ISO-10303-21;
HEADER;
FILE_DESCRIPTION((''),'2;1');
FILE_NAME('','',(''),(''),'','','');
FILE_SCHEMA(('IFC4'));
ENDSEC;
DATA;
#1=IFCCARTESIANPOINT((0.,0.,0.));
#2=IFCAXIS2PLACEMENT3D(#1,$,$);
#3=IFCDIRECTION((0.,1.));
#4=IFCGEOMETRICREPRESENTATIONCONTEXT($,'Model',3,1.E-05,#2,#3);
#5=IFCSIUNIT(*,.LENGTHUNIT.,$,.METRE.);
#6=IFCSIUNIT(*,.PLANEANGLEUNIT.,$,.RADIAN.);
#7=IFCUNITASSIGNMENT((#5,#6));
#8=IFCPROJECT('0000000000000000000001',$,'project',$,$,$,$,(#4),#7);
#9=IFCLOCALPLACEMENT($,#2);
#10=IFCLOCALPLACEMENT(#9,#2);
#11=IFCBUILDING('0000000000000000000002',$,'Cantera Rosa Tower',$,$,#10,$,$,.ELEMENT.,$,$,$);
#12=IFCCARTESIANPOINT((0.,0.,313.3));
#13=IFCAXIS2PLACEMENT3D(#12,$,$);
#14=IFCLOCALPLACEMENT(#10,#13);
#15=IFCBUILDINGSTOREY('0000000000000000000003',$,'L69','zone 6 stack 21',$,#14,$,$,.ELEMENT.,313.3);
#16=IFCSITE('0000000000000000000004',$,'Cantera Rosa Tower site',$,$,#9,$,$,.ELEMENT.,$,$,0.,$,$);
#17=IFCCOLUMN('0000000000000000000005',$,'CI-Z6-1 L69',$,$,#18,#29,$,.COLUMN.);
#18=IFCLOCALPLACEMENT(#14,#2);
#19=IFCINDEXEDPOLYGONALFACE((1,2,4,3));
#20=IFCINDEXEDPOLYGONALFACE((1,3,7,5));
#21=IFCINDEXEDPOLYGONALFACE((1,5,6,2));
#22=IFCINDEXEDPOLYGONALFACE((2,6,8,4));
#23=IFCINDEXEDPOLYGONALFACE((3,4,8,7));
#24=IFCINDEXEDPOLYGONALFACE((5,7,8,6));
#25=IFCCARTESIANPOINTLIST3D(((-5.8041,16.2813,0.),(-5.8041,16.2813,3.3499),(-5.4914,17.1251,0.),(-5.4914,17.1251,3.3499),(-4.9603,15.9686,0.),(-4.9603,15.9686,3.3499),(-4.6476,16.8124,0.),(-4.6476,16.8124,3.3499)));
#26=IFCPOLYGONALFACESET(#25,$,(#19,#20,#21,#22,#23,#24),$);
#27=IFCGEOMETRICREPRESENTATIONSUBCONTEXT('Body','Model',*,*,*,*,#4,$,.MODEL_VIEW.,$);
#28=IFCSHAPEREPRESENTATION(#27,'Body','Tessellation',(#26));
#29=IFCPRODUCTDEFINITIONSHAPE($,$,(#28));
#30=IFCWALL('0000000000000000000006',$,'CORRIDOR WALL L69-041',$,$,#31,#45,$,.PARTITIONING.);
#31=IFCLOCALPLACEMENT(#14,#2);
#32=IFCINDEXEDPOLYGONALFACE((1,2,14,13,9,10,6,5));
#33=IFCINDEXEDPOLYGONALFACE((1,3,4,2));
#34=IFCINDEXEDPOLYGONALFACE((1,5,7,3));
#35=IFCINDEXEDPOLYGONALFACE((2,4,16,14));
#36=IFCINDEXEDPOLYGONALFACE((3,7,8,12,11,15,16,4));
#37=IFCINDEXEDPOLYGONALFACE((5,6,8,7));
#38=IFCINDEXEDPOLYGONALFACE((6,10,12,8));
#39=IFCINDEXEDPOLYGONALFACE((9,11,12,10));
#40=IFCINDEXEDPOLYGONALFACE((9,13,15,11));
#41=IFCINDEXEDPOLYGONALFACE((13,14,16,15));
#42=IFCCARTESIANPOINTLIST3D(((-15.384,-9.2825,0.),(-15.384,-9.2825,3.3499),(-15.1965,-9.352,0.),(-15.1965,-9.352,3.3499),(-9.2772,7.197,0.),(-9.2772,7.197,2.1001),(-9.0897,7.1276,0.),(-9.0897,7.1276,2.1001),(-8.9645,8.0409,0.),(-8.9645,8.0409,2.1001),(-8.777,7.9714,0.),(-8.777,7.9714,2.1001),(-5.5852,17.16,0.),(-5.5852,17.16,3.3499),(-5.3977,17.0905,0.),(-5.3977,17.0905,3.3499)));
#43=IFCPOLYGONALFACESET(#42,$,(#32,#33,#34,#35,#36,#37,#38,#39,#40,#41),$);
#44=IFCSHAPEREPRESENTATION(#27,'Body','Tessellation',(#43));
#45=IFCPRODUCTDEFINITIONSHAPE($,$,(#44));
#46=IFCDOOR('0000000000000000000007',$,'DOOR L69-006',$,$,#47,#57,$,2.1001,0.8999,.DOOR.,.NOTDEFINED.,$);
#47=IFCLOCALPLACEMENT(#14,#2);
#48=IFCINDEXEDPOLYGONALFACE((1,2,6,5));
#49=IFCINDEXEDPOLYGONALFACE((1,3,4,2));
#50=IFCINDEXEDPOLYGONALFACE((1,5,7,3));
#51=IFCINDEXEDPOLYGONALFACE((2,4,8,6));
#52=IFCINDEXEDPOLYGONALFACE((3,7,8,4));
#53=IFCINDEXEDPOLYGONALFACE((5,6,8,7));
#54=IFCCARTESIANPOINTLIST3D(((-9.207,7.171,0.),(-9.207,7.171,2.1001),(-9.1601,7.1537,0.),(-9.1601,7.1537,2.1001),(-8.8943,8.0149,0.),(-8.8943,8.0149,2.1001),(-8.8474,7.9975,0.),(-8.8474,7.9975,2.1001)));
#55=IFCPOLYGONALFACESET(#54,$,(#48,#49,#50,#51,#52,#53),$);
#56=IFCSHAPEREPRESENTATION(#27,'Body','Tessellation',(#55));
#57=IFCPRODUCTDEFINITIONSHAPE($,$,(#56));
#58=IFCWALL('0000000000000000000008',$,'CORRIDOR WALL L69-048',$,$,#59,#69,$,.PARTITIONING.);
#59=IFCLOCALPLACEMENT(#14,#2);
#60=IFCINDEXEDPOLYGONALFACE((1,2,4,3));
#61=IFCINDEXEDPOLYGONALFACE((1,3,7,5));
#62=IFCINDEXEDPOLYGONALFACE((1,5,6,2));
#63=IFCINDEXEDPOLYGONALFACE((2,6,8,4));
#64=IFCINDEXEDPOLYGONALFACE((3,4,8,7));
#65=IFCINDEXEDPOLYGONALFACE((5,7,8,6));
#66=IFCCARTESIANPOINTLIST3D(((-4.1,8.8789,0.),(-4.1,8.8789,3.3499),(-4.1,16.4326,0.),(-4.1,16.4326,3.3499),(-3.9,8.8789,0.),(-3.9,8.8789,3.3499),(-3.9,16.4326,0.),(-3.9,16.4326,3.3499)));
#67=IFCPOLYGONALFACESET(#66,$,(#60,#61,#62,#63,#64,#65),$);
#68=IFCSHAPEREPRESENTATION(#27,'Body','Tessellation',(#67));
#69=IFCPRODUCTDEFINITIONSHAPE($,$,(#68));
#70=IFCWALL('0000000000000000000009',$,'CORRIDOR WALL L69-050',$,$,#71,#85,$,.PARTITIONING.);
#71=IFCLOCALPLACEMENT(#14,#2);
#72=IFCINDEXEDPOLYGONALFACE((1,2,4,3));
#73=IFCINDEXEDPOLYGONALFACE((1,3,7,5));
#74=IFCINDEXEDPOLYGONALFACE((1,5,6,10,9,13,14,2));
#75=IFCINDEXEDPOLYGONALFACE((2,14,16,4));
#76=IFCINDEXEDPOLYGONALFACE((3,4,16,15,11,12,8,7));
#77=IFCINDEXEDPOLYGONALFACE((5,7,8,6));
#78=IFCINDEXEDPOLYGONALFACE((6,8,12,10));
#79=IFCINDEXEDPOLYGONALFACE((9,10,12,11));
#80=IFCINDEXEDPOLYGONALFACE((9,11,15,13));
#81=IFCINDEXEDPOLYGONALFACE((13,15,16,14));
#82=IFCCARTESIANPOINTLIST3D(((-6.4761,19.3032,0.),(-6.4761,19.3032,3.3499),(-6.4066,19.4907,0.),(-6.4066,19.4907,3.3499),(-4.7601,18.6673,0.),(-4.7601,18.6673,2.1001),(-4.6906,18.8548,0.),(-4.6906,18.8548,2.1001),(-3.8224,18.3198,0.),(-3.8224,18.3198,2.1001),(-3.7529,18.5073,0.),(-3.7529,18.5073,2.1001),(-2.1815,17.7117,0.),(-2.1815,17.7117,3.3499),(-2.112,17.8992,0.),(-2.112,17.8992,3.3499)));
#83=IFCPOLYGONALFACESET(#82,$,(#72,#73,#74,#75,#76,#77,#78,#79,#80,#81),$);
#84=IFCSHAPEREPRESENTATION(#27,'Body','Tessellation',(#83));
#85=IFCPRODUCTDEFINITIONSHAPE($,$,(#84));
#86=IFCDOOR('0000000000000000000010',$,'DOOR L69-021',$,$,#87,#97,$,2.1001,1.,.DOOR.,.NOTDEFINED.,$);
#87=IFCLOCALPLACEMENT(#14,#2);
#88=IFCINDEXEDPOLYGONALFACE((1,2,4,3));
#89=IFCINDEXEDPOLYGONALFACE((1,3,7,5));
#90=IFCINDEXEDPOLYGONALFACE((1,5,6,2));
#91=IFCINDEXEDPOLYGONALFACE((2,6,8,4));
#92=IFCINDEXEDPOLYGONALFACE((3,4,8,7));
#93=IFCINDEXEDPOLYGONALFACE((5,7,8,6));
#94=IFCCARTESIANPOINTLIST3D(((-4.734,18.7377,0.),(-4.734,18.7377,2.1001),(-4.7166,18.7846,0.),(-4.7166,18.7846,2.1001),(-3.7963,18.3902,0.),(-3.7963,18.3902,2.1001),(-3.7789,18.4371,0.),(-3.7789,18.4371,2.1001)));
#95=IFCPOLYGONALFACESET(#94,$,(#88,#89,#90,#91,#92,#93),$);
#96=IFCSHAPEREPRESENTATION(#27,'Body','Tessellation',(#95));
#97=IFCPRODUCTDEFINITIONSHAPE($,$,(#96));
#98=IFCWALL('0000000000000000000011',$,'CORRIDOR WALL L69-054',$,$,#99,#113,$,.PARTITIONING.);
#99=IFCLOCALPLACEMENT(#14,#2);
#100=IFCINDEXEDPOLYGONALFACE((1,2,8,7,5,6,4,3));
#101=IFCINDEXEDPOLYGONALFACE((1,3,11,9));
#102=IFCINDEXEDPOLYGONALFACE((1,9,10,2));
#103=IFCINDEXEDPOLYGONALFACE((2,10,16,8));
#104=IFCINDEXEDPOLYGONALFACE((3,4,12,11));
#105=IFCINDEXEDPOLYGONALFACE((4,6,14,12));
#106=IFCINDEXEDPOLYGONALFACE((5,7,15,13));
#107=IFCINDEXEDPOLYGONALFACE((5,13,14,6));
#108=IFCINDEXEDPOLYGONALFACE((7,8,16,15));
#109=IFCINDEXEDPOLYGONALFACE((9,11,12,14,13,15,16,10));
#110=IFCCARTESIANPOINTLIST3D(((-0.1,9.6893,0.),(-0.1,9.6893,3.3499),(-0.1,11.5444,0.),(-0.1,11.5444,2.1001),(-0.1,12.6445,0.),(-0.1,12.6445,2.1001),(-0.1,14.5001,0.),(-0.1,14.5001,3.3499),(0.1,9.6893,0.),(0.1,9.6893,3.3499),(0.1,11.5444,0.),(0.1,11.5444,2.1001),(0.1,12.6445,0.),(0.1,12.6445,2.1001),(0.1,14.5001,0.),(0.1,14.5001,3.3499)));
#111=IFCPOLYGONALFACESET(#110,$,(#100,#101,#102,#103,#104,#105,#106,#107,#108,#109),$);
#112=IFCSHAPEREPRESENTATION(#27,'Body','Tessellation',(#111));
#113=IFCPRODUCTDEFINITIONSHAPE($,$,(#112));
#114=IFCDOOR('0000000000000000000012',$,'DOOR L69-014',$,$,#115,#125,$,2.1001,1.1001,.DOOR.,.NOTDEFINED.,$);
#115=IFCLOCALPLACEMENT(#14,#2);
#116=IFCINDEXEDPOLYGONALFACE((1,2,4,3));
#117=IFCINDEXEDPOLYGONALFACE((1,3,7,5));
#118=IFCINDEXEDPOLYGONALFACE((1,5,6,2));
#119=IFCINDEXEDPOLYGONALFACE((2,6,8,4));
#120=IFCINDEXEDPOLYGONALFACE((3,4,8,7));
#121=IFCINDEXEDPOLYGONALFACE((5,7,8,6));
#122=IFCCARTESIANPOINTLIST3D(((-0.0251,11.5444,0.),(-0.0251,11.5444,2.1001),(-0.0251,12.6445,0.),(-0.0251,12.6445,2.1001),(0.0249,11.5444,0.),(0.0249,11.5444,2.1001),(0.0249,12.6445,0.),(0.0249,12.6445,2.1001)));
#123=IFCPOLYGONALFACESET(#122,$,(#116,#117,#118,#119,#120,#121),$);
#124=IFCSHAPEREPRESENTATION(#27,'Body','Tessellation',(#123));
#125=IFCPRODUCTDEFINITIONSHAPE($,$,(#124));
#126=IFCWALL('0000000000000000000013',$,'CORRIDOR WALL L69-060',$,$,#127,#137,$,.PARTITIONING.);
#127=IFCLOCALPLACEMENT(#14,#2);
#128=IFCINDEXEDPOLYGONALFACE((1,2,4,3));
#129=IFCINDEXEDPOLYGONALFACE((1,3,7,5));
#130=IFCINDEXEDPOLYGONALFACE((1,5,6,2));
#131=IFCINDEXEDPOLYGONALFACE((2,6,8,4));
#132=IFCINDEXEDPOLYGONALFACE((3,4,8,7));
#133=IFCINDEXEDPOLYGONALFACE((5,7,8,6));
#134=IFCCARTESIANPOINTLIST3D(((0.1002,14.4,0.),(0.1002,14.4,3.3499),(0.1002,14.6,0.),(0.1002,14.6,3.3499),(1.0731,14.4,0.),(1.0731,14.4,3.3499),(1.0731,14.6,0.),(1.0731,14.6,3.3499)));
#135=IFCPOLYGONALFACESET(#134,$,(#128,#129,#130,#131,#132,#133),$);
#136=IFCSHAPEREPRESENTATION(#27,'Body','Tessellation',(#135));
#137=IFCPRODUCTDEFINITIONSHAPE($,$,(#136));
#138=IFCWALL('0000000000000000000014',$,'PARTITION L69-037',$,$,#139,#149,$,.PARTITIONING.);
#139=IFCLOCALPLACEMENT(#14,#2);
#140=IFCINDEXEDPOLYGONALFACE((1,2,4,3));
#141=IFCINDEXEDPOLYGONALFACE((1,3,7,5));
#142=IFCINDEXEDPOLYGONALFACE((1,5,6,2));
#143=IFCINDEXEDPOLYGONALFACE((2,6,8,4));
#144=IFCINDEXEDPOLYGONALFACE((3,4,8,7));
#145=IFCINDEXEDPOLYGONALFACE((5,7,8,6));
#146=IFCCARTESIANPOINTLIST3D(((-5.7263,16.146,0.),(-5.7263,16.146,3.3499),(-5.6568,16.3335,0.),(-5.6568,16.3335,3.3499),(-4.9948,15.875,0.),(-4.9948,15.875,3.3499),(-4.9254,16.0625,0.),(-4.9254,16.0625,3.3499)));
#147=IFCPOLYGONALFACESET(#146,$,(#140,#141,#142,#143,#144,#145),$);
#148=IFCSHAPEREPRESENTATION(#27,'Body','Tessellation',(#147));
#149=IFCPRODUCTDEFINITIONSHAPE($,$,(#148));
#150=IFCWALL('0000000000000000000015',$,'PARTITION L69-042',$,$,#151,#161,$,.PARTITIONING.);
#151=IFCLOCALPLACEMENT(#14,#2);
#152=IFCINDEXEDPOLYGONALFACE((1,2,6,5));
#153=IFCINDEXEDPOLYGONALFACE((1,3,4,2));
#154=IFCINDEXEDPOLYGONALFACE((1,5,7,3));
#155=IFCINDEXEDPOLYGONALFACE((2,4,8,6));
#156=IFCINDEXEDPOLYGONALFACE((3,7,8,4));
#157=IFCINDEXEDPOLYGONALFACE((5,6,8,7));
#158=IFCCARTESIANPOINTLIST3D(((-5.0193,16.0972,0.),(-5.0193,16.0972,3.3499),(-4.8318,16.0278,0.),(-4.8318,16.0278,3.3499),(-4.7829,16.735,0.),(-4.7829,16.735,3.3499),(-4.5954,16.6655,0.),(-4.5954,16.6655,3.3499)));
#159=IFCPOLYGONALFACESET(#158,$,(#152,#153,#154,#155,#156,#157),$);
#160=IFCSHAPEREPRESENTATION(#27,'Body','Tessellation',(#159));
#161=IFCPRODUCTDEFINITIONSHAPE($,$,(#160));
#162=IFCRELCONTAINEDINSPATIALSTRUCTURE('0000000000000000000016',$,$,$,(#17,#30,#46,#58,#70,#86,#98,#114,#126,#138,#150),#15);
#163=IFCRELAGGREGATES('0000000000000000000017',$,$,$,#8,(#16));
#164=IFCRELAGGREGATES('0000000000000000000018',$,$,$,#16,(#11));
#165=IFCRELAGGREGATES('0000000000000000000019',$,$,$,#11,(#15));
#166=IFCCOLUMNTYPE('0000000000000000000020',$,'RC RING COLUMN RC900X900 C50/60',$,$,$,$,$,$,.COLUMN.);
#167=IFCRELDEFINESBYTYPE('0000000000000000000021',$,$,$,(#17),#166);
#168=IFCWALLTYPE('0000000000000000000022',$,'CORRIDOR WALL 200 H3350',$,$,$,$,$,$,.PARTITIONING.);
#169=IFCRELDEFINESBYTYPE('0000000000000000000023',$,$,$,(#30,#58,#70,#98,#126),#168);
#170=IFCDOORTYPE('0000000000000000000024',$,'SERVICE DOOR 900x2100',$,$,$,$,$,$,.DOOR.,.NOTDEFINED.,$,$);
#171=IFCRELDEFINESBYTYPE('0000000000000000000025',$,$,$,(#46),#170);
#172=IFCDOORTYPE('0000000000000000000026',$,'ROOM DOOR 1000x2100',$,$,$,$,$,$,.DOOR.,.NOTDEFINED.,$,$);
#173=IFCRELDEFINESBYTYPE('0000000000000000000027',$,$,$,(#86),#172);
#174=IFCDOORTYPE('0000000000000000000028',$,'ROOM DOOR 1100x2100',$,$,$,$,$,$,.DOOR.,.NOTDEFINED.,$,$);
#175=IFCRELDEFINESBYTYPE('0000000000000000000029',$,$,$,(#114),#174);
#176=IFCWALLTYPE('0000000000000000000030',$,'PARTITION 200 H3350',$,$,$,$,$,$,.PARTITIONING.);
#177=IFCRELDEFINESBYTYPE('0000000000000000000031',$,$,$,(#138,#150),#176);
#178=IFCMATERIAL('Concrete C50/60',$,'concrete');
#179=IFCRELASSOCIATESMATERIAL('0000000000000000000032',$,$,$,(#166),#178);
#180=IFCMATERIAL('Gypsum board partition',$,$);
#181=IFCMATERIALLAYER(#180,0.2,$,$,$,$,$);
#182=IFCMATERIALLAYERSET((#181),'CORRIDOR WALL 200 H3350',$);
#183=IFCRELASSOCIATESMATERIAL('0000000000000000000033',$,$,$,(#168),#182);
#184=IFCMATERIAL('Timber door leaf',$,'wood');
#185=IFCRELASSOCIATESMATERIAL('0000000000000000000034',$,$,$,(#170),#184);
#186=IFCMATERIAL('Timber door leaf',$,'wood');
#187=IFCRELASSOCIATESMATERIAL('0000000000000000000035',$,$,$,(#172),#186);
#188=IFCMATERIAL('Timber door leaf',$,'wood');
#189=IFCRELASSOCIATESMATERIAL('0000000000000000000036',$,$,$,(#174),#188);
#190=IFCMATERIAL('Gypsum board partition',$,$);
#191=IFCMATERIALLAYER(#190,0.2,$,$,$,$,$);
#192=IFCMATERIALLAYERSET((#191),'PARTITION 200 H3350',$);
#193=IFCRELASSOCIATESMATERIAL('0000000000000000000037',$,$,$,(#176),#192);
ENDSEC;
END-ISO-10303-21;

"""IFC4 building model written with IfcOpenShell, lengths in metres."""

from ifc_helpers import new_model, si_unit, direction, frame, frame_2d, origin, origin_2d, place, context, subcontext, project, spatial, rectangle, extrude, material, layer, layer_set, material_profile, profile_set, type_object, element, fill, save


model = new_model("IFC4")

# Units and contexts
model_context = context("Model", 3, precision=1e-05, world=origin(), true_north=direction((0.0, 1.0)))
body_context = subcontext(model_context, "Body", "Model", "MODEL_VIEW")
ifc_project = project(units=[si_unit("LENGTHUNIT", "METRE"), si_unit("PLANEANGLEUNIT", "RADIAN")], contexts=[model_context])

# Site, building, storey
site_placement = place(None, origin())
site = spatial("IfcSite", under=ifc_project, at=site_placement, Name="Cantera Rosa Tower site", CompositionType="ELEMENT", RefElevation=0.0)
building_placement = place(site_placement, origin())
building = spatial("IfcBuilding", under=site, at=building_placement, Name="Cantera Rosa Tower", CompositionType="ELEMENT")
storey_placement = place(building_placement, frame((0.0, 0.0, 313.3)))
storey = spatial("IfcBuildingStorey", under=building, at=storey_placement, Name="L69", Description="zone 6 stack 21", CompositionType="ELEMENT", Elevation=313.3)

# Column
ifc_material_1 = material(Name="Concrete C50/60", Category="concrete")
ifc_material_profile = material_profile(ifc_material_1, rectangle(XDim=0.8999, YDim=0.8999, at=origin_2d()), Name="RC RING COLUMN RC900X900 C50/60")
ifc_profile_set = profile_set([ifc_material_profile], Name="Concrete C50/60")
column_type = type_object("IfcColumnType", Name="RC RING COLUMN RC900X900 C50/60", PredefinedType="COLUMN", material=ifc_profile_set)
column_placement = place(storey_placement, frame((-5.2258, 16.5469, 0.0), z_axis=(0.0, 0.0, 1.0), x_axis=(0.347481, 0.937687, 0.0)))
element("IfcColumn", 1, at=column_placement, inside=storey, type_object=column_type, Name="CI-Z6-1 L69", PredefinedType="COLUMN", context=body_context, shape_type="SweptSolid", body=[
    extrude(rectangle(XDim=0.8999, YDim=0.8999, at=origin_2d()), origin(), (0.0, 0.0, 1.0), 3.3499),
])

# Wall, opening, door
ifc_material_2 = material(Name="Gypsum board partition")
ifc_layer_1 = layer(ifc_material_2, 0.2)
ifc_layer_set_1 = layer_set([ifc_layer_1], Name="CORRIDOR WALL 200 H3350")
wall_type_1 = type_object("IfcWallType", Name="CORRIDOR WALL 200 H3350", PredefinedType="PARTITIONING", material=ifc_layer_set_1)
wall_1_placement = place(storey_placement, frame((-5.4915, 17.1252, 0.0), z_axis=(0.0, 0.0, 1.0), x_axis=(-0.347478, -0.937688, 0.0)))
wall_1 = element("IfcWall", 2, at=wall_1_placement, inside=storey, type_object=wall_type_1, Name="CORRIDOR WALL L69-041", PredefinedType="PARTITIONING", context=body_context, shape_type="SweptSolid", body=[
    extrude(rectangle(XDim=28.1997, YDim=0.2, at=frame_2d((14.0999, 0.0))), origin(), (0.0, 0.0, 1.0), 3.3499),
])
opening_1_placement = place(wall_1_placement, frame((9.7251, 0.0, 0.0)))
opening_1 = element("IfcOpeningElement", 3, at=opening_1_placement, cuts=wall_1, PredefinedType="OPENING", context=body_context, shape_type="SweptSolid", body=[
    extrude(rectangle(XDim=0.8999, YDim=2.1001, at=frame_2d((0.45, 1.05))), frame((0.0, 0.1099, 0.0), z_axis=(0.0, -1.0, 0.0), x_axis=(1.0, 0.0, 0.0)), (0.0, 0.0, 1.0), 0.22),
])
ifc_material_3 = material(Name="Timber door leaf", Category="wood")
door_type_1 = type_object("IfcDoorType", Name="SERVICE DOOR 900x2100", OperationType="NOTDEFINED", PredefinedType="DOOR", material=ifc_material_3)
door_1_placement = place(opening_1_placement, origin())
door_1 = element("IfcDoor", 4, at=door_1_placement, inside=storey, type_object=door_type_1, Name="DOOR L69-006", OperationType="NOTDEFINED", OverallHeight=2.1001, OverallWidth=0.8999, PredefinedType="DOOR", context=body_context, shape_type="SweptSolid", body=[
    extrude(rectangle(XDim=0.8999, YDim=2.1001, at=frame_2d((0.45, 1.05))), frame((0.0, 0.0249, 0.0), z_axis=(0.0, -1.0, 0.0), x_axis=(1.0, 0.0, 0.0)), (0.0, 0.0, 1.0), 0.05),
])
fill(opening_1, door_1)

# Wall
wall_2_placement = place(storey_placement, frame((-4.0, 16.4326, 0.0), z_axis=(0.0, 0.0, 1.0), x_axis=(0.0, -1.0, 0.0)))
element("IfcWall", 5, at=wall_2_placement, inside=storey, type_object=wall_type_1, Name="CORRIDOR WALL L69-048", PredefinedType="PARTITIONING", context=body_context, shape_type="SweptSolid", body=[
    extrude(rectangle(XDim=7.5537, YDim=0.2, at=frame_2d((3.7769, 0.0))), origin(), (0.0, 0.0, 1.0), 3.3499),
])

# Walls, openings, doors
wall_3_placement = place(storey_placement, frame((-2.1467, 17.8054, 0.0), z_axis=(0.0, 0.0, 1.0), x_axis=(-0.937683, 0.347493, 0.0)))
wall_3 = element("IfcWall", 6, at=wall_3_placement, inside=storey, type_object=wall_type_1, Name="CORRIDOR WALL L69-050", PredefinedType="PARTITIONING", context=body_context, shape_type="SweptSolid", body=[
    extrude(rectangle(XDim=4.5801, YDim=0.2, at=frame_2d((2.29, 0.0))), origin(), (0.0, 0.0, 1.0), 3.3499),
])
opening_2_placement = place(wall_3_placement, frame((1.75, 0.0, 0.0)))
opening_2 = element("IfcOpeningElement", 7, at=opening_2_placement, cuts=wall_3, PredefinedType="OPENING", context=body_context, shape_type="SweptSolid", body=[
    extrude(rectangle(XDim=1.0, YDim=2.1001, at=frame_2d((0.5, 1.05))), frame((0.0, 0.1099, 0.0), z_axis=(0.0, -1.0, 0.0), x_axis=(1.0, 0.0, 0.0)), (0.0, 0.0, 1.0), 0.22),
])
ifc_material_4 = material(Name="Timber door leaf", Category="wood")
door_type_2 = type_object("IfcDoorType", Name="ROOM DOOR 1000x2100", OperationType="NOTDEFINED", PredefinedType="DOOR", material=ifc_material_4)
door_2_placement = place(opening_2_placement, origin())
door_2 = element("IfcDoor", 8, at=door_2_placement, inside=storey, type_object=door_type_2, Name="DOOR L69-021", OperationType="NOTDEFINED", OverallHeight=2.1001, OverallWidth=1.0, PredefinedType="DOOR", context=body_context, shape_type="SweptSolid", body=[
    extrude(rectangle(XDim=1.0, YDim=2.1001, at=frame_2d((0.5, 1.05))), frame((0.0, 0.0249, 0.0), z_axis=(0.0, -1.0, 0.0), x_axis=(1.0, 0.0, 0.0)), (0.0, 0.0, 1.0), 0.05),
])
fill(opening_2, door_2)
wall_4_placement = place(storey_placement, frame((0.0, 14.5, 0.0), z_axis=(0.0, 0.0, 1.0), x_axis=(0.0, -1.0, 0.0)))
wall_4 = element("IfcWall", 9, at=wall_4_placement, inside=storey, type_object=wall_type_1, Name="CORRIDOR WALL L69-054", PredefinedType="PARTITIONING", context=body_context, shape_type="SweptSolid", body=[
    extrude(rectangle(XDim=4.8108, YDim=0.2, at=frame_2d((2.4053, 0.0))), origin(), (0.0, 0.0, 1.0), 3.3499),
])
opening_3_placement = place(wall_4_placement, frame((1.8555, 0.0, 0.0)))
opening_3 = element("IfcOpeningElement", 10, at=opening_3_placement, cuts=wall_4, PredefinedType="OPENING", context=body_context, shape_type="SweptSolid", body=[
    extrude(rectangle(XDim=1.1001, YDim=2.1001, at=frame_2d((0.55, 1.05))), frame((0.0, 0.1099, 0.0), z_axis=(0.0, -1.0, 0.0), x_axis=(1.0, 0.0, 0.0)), (0.0, 0.0, 1.0), 0.22),
])
ifc_material_5 = material(Name="Timber door leaf", Category="wood")
door_type_3 = type_object("IfcDoorType", Name="ROOM DOOR 1100x2100", OperationType="NOTDEFINED", PredefinedType="DOOR", material=ifc_material_5)
door_3_placement = place(opening_3_placement, origin())
door_3 = element("IfcDoor", 11, at=door_3_placement, inside=storey, type_object=door_type_3, Name="DOOR L69-014", OperationType="NOTDEFINED", OverallHeight=2.1001, OverallWidth=1.1001, PredefinedType="DOOR", context=body_context, shape_type="SweptSolid", body=[
    extrude(rectangle(XDim=1.1001, YDim=2.1001, at=frame_2d((0.55, 1.05))), frame((0.0, 0.0249, 0.0), z_axis=(0.0, -1.0, 0.0), x_axis=(1.0, 0.0, 0.0)), (0.0, 0.0, 1.0), 0.05),
])
fill(opening_3, door_3)

# Walls
wall_5_placement = place(storey_placement, frame((1.073, 14.5, 0.0), z_axis=(0.0, 0.0, 1.0), x_axis=(-1.0, 0.0, 0.0)))
element("IfcWall", 12, at=wall_5_placement, inside=storey, type_object=wall_type_1, Name="CORRIDOR WALL L69-060", PredefinedType="PARTITIONING", context=body_context, shape_type="SweptSolid", body=[
    extrude(rectangle(XDim=0.9729, YDim=0.2, at=frame_2d((0.4863, 0.0))), origin(), (0.0, 0.0, 1.0), 3.3499),
])
ifc_material_6 = material(Name="Gypsum board partition")
ifc_layer_2 = layer(ifc_material_6, 0.2)
ifc_layer_set_2 = layer_set([ifc_layer_2], Name="PARTITION 200 H3350")
wall_type_2 = type_object("IfcWallType", Name="PARTITION 200 H3350", PredefinedType="PARTITIONING", material=ifc_layer_set_2)
wall_6_placement = place(storey_placement, frame((-5.6917, 16.2397, 0.0), z_axis=(0.0, 0.0, 1.0), x_axis=(0.937711, -0.347416, 0.0)))
element("IfcWall", 13, at=wall_6_placement, inside=storey, type_object=wall_type_2, Name="PARTITION L69-037", PredefinedType="PARTITIONING", context=body_context, shape_type="SweptSolid", body=[
    extrude(rectangle(XDim=0.78, YDim=0.2, at=frame_2d((0.3901, 0.0))), origin(), (0.0, 0.0, 1.0), 3.3499),
])
wall_7_placement = place(storey_placement, frame((-4.9255, 16.0625, 0.0), z_axis=(0.0, 0.0, 1.0), x_axis=(0.347501, 0.937679, 0.0)))
element("IfcWall", 14, at=wall_7_placement, inside=storey, type_object=wall_type_2, Name="PARTITION L69-042", PredefinedType="PARTITIONING", context=body_context, shape_type="SweptSolid", body=[
    extrude(rectangle(XDim=0.6802, YDim=0.2, at=frame_2d((0.3401, 0.0))), origin(), (0.0, 0.0, 1.0), 3.3499),
])

save(model, "model.ifc")
